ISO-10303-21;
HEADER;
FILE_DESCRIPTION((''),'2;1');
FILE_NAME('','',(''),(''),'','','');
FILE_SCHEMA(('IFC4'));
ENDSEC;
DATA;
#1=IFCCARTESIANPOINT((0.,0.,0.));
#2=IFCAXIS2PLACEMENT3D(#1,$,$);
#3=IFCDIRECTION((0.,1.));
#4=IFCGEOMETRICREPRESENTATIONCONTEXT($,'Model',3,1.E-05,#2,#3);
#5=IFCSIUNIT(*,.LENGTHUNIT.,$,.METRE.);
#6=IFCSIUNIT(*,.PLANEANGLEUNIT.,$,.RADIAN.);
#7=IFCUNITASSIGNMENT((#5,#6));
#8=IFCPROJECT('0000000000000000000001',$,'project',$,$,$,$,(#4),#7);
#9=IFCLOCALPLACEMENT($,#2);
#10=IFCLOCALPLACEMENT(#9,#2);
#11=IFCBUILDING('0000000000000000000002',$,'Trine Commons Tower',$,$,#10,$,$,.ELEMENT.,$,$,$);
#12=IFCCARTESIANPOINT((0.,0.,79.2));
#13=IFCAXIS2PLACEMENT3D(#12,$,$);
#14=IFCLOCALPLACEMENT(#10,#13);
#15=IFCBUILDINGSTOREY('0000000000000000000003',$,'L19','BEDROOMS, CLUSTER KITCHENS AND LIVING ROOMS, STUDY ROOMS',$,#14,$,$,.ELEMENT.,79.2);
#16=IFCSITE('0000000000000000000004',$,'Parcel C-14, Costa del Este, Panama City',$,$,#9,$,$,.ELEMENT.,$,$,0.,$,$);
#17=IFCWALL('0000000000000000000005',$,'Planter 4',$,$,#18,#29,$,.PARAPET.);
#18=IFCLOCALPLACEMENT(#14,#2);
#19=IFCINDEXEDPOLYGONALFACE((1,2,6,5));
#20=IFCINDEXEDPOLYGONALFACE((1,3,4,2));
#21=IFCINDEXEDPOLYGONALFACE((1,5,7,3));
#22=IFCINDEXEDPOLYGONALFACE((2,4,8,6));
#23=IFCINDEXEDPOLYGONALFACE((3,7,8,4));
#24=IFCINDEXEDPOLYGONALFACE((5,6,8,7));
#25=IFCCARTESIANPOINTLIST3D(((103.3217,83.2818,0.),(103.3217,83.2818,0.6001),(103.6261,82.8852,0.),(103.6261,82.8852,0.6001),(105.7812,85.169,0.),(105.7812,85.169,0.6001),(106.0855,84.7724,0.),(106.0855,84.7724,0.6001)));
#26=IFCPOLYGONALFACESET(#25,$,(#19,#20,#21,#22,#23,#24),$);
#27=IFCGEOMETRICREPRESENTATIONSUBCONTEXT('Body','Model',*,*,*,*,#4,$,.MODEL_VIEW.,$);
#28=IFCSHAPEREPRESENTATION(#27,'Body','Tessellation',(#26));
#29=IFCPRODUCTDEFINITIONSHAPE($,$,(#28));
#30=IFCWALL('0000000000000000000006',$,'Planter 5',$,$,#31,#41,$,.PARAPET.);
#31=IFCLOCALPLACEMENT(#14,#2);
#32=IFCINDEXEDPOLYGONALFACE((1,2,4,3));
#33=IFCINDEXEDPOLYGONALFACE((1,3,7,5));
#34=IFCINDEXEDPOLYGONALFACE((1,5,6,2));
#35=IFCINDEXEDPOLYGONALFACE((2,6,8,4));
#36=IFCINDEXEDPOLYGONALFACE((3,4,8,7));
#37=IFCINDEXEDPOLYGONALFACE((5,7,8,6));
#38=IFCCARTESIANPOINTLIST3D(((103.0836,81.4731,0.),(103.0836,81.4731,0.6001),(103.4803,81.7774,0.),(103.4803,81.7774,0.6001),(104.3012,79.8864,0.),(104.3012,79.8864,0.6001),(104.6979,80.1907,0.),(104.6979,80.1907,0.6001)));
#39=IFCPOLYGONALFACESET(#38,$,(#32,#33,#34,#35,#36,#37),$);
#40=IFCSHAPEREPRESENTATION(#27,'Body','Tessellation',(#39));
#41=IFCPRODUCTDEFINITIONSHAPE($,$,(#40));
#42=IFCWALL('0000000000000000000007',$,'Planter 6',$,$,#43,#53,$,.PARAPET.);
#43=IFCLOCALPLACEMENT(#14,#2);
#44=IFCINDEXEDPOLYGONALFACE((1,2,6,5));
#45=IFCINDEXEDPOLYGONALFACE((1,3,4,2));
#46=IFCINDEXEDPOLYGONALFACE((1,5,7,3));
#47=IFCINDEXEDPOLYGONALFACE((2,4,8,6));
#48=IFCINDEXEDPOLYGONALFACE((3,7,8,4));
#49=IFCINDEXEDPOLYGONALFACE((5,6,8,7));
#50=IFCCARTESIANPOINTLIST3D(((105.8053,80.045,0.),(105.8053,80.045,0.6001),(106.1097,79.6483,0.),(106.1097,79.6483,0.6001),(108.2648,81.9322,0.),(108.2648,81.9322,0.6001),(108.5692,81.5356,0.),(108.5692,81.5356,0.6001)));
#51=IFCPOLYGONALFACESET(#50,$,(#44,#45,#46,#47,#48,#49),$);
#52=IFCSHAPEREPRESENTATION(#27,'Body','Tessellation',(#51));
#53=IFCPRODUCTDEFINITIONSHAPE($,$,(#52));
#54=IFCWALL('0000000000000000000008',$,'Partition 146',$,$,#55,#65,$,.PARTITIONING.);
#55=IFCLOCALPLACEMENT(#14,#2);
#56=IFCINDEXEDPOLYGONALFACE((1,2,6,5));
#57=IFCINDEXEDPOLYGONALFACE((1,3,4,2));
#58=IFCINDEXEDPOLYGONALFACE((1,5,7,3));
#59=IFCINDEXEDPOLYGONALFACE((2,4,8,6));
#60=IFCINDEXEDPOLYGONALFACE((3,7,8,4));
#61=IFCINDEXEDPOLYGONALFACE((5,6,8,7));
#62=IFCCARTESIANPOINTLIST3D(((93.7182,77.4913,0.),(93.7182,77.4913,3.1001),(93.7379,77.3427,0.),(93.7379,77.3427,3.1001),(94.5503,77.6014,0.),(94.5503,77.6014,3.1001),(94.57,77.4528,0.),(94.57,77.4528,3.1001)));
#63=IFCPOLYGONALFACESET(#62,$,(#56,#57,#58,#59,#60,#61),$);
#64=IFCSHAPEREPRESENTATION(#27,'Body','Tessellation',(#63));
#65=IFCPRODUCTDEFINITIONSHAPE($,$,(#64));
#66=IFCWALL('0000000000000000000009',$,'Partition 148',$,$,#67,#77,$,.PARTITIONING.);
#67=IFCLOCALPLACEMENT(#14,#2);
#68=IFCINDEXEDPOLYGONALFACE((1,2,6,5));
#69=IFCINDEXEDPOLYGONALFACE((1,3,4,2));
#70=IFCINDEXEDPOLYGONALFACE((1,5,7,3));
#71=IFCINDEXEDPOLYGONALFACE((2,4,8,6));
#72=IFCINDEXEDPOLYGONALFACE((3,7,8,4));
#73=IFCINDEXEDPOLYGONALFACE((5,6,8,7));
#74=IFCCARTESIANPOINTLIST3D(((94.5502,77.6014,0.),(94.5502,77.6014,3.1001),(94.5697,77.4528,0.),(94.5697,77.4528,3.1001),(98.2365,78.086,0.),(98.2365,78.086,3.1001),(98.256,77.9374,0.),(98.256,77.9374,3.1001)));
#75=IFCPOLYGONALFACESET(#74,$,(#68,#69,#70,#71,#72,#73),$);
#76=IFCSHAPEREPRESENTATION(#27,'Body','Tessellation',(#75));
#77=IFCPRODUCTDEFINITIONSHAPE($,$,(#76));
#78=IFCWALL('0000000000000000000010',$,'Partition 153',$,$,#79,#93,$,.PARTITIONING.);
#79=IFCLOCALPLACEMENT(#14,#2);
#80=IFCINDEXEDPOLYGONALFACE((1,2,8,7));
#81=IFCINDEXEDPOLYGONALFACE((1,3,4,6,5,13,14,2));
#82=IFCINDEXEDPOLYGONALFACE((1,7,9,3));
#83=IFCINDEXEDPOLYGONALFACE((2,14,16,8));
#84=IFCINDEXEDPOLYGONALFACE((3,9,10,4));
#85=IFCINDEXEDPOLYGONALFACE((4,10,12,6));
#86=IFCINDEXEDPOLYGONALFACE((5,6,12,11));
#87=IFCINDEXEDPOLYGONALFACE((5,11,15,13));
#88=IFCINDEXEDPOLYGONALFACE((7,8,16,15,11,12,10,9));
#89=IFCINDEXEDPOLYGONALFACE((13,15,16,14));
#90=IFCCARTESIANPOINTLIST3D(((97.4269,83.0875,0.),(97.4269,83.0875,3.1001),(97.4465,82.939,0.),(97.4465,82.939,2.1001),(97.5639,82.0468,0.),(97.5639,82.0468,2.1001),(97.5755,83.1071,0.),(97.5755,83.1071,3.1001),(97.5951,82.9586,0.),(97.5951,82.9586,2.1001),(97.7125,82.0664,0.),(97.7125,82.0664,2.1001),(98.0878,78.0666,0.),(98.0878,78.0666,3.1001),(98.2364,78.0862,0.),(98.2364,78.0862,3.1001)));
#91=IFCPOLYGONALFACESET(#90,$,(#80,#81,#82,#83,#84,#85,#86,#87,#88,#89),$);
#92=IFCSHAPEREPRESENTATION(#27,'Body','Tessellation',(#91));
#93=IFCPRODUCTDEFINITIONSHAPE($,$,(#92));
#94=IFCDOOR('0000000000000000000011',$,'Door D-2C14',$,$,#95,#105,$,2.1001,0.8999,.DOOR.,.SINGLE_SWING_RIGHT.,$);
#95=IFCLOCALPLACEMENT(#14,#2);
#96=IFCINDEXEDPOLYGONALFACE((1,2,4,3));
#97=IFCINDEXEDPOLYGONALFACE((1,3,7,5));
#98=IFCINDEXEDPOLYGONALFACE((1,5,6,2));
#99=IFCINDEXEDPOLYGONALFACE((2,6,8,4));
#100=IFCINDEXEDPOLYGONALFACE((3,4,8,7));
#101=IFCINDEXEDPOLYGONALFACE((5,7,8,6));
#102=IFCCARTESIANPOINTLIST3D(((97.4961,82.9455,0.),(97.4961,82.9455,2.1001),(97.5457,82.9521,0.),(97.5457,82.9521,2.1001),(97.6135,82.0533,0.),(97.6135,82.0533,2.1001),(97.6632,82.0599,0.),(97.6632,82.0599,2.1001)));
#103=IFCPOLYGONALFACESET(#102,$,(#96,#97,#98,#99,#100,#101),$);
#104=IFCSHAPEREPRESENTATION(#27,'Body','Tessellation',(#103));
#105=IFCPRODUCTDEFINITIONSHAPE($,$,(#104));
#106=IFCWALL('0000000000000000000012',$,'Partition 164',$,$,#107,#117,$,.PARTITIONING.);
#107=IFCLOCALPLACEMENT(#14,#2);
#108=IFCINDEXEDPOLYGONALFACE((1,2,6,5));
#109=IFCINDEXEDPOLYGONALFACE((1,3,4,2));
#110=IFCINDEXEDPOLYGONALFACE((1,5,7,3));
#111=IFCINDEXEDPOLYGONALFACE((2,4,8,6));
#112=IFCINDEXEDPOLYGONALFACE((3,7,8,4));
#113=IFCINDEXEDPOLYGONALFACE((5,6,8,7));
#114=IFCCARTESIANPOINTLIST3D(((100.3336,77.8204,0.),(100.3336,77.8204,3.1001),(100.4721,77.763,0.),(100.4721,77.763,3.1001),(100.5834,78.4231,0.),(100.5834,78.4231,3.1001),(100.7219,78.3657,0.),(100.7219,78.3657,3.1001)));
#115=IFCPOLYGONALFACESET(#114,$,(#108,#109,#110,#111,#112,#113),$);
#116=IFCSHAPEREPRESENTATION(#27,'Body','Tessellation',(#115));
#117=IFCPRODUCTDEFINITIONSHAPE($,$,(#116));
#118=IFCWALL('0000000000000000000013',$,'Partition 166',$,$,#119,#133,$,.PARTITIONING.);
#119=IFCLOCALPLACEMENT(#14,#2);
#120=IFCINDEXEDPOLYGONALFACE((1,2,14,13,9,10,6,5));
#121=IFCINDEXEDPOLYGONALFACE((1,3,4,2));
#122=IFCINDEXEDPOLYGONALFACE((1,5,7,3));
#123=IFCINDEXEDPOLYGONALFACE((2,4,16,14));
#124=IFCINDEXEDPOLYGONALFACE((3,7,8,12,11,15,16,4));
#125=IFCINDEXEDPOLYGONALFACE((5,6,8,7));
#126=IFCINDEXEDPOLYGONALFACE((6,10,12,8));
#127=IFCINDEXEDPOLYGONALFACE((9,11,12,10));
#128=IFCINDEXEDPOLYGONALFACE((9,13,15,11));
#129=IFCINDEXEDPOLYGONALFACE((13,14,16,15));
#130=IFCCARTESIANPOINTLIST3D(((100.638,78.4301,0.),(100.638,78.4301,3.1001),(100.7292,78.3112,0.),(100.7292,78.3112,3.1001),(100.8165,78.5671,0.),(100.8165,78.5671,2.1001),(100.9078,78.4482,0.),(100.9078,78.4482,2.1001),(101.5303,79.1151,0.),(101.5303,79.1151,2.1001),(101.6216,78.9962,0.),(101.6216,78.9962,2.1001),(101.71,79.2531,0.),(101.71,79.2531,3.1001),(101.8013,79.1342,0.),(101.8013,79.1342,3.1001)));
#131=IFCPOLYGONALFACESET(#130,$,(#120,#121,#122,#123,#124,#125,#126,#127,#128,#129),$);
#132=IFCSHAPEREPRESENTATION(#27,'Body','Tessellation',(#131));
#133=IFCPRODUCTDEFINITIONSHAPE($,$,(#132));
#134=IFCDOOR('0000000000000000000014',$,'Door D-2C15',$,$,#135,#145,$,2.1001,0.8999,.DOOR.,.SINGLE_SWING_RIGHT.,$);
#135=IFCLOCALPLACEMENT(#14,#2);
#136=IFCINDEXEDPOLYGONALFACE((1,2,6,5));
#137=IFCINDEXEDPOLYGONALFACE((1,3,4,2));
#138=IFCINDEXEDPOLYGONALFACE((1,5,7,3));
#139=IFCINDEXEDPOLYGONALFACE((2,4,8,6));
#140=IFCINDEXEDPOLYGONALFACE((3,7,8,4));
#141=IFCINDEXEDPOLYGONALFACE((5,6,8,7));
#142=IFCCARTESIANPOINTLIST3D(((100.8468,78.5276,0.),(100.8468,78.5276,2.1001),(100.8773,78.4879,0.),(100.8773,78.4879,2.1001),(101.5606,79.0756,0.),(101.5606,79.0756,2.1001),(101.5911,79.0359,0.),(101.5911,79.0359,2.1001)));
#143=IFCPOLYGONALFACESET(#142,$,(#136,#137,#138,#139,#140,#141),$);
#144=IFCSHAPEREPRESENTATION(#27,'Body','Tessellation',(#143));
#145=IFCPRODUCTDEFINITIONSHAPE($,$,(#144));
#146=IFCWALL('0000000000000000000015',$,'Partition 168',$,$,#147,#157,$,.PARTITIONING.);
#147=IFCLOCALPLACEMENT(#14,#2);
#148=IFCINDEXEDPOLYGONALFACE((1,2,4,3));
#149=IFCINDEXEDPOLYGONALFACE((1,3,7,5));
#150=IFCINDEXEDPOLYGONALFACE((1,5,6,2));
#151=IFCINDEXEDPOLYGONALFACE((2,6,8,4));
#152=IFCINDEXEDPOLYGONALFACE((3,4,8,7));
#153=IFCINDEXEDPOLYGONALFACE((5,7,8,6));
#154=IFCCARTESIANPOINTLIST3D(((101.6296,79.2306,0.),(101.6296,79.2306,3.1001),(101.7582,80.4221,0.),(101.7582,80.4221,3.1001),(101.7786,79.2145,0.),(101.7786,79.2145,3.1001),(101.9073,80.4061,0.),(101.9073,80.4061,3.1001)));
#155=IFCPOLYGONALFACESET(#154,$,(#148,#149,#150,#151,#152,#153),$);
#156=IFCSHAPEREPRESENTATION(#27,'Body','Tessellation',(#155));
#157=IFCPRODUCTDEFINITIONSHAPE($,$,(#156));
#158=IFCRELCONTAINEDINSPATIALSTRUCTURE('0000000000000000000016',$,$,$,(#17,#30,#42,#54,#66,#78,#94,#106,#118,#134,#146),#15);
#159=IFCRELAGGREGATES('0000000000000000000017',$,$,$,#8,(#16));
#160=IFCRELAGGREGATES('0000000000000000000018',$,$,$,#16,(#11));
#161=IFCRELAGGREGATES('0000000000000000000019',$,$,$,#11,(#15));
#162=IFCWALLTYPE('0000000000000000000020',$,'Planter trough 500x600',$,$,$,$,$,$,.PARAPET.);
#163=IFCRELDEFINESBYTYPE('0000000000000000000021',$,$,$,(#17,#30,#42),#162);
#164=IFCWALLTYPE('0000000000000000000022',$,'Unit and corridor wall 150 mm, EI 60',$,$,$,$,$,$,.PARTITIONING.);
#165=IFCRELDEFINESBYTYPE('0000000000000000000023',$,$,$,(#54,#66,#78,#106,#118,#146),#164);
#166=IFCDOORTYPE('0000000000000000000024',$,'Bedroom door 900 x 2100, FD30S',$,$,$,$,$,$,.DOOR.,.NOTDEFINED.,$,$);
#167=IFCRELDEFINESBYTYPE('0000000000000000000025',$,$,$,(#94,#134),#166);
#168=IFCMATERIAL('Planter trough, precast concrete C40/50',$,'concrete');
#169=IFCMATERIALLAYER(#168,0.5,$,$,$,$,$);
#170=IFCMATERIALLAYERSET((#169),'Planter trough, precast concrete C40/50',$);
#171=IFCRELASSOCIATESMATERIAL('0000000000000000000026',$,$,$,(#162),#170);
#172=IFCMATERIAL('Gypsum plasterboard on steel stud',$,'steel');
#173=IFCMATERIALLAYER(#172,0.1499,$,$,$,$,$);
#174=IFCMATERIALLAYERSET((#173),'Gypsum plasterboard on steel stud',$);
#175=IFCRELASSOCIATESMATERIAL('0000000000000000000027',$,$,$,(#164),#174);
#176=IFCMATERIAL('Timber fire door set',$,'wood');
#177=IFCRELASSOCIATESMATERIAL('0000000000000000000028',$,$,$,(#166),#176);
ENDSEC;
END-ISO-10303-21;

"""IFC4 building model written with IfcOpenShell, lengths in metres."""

from ifc_helpers import new_model, si_unit, direction, frame, frame_2d, origin, place, context, subcontext, project, spatial, rectangle, extrude, material, layer, layer_set, type_object, element, fill, save


model = new_model("IFC4")

# Units and contexts
model_context = context("Model", 3, precision=1e-05, world=origin(), true_north=direction((0.0, 1.0)))
body_context = subcontext(model_context, "Body", "Model", "MODEL_VIEW")
ifc_project = project(units=[si_unit("LENGTHUNIT", "METRE"), si_unit("PLANEANGLEUNIT", "RADIAN")], contexts=[model_context])

# Site, building, storey
site_placement = place(None, origin())
site = spatial("IfcSite", under=ifc_project, at=site_placement, Name="Parcel C-14, Costa del Este, Panama City", CompositionType="ELEMENT", RefElevation=0.0)
building_placement = place(site_placement, origin())
building = spatial("IfcBuilding", under=site, at=building_placement, Name="Trine Commons Tower", CompositionType="ELEMENT")
storey_placement = place(building_placement, frame((0.0, 0.0, 79.2)))
storey = spatial("IfcBuildingStorey", under=building, at=storey_placement, Name="L19", Description="BEDROOMS, CLUSTER KITCHENS AND LIVING ROOMS, STUDY ROOMS", CompositionType="ELEMENT", Elevation=79.2)

# Walls
ifc_material_1 = material(Name="Planter trough, precast concrete C40/50", Category="concrete")
ifc_layer_1 = layer(ifc_material_1, 0.5)
ifc_layer_set_1 = layer_set([ifc_layer_1], Name="Planter trough, precast concrete C40/50")
wall_type_1 = type_object("IfcWallType", Name="Planter trough 500x600", PredefinedType="PARAPET", material=ifc_layer_set_1)
wall_1_placement = place(storey_placement, frame((105.9333, 84.9707, 0.0), z_axis=(0.0, 0.0, 1.0), x_axis=(-0.793355, -0.608759, 0.0)))
element("IfcWall", 1, at=wall_1_placement, inside=storey, type_object=wall_type_1, Name="Planter 4", PredefinedType="PARAPET", context=body_context, shape_type="SweptSolid", body=[
    extrude(rectangle(XDim=3.1001, YDim=0.5, at=frame_2d((1.55, 0.0))), origin(), (0.0, 0.0, 1.0), 0.6001),
])
wall_2_placement = place(storey_placement, frame((103.282, 81.6252, 0.0), z_axis=(0.0, 0.0, 1.0), x_axis=(0.608772, -0.793345, 0.0)))
element("IfcWall", 2, at=wall_2_placement, inside=storey, type_object=wall_type_1, Name="Planter 5", PredefinedType="PARAPET", context=body_context, shape_type="SweptSolid", body=[
    extrude(rectangle(XDim=2.0, YDim=0.5, at=frame_2d((1.0, 0.0))), origin(), (0.0, 0.0, 1.0), 0.6001),
])
wall_3_placement = place(storey_placement, frame((105.9575, 79.8467, 0.0), z_axis=(0.0, 0.0, 1.0), x_axis=(0.793355, 0.608759, 0.0)))
element("IfcWall", 3, at=wall_3_placement, inside=storey, type_object=wall_type_1, Name="Planter 6", PredefinedType="PARAPET", context=body_context, shape_type="SweptSolid", body=[
    extrude(rectangle(XDim=3.1001, YDim=0.5, at=frame_2d((1.55, 0.0))), origin(), (0.0, 0.0, 1.0), 0.6001),
])
ifc_material_2 = material(Name="Gypsum plasterboard on steel stud", Category="steel")
ifc_layer_2 = layer(ifc_material_2, 0.1499)
ifc_layer_set_2 = layer_set([ifc_layer_2], Name="Gypsum plasterboard on steel stud")
wall_type_2 = type_object("IfcWallType", Name="Unit and corridor wall 150 mm, EI 60", PredefinedType="PARTITIONING", material=ifc_layer_set_2)
wall_4_placement = place(storey_placement, frame((93.728, 77.417, 0.0), z_axis=(0.0, 0.0, 1.0), x_axis=(0.991357, 0.131192, 0.0)))
element("IfcWall", 4, at=wall_4_placement, inside=storey, type_object=wall_type_2, Name="Partition 146", PredefinedType="PARTITIONING", context=body_context, shape_type="SweptSolid", body=[
    extrude(rectangle(XDim=0.8394, YDim=0.1499, at=frame_2d((0.4197, 0.0))), origin(), (0.0, 0.0, 1.0), 3.1001),
])
wall_5_placement = place(storey_placement, frame((94.5601, 77.5271, 0.0), z_axis=(0.0, 0.0, 1.0), x_axis=(0.991469, 0.130344, 0.0)))
element("IfcWall", 5, at=wall_5_placement, inside=storey, type_object=wall_type_2, Name="Partition 148", PredefinedType="PARTITIONING", context=body_context, shape_type="SweptSolid", body=[
    extrude(rectangle(XDim=3.718, YDim=0.1499, at=frame_2d((1.8589, 0.0))), origin(), (0.0, 0.0, 1.0), 3.1001),
])

# Wall, opening, door
wall_6_placement = place(storey_placement, frame((97.5012, 83.0974, 0.0), z_axis=(0.0, 0.0, 1.0), x_axis=(0.130499, -0.991448, 0.0)))
wall_6 = element("IfcWall", 6, at=wall_6_placement, inside=storey, type_object=wall_type_2, Name="Partition 153", PredefinedType="PARTITIONING", context=body_context, shape_type="SweptSolid", body=[
    extrude(rectangle(XDim=5.0642, YDim=0.1499, at=frame_2d((2.5322, 0.0))), origin(), (0.0, 0.0, 1.0), 3.1001),
])
opening_1_placement = place(wall_6_placement, frame((0.1499, 0.0, 0.0)))
opening_1 = element("IfcOpeningElement", 7, at=opening_1_placement, cuts=wall_6, PredefinedType="OPENING", context=body_context, shape_type="SweptSolid", body=[
    extrude(rectangle(XDim=0.8999, YDim=2.1001, at=frame_2d((0.45, 1.05))), frame((0.0, 0.085, 0.0), z_axis=(0.0, -1.0, 0.0), x_axis=(1.0, 0.0, 0.0)), (0.0, 0.0, 1.0), 0.1699),
])
ifc_material_3 = material(Name="Timber fire door set", Category="wood")
door_type_1 = type_object("IfcDoorType", Name="Bedroom door 900 x 2100, FD30S", OperationType="NOTDEFINED", PredefinedType="DOOR", material=ifc_material_3)
door_1_placement = place(opening_1_placement, frame((0.8999, 0.0, 0.0), z_axis=(0.0, 0.0, 1.0), x_axis=(-1.0, 0.0, 0.0)))
door_1 = element("IfcDoor", 8, at=door_1_placement, inside=storey, type_object=door_type_1, Name="Door D-2C14", OperationType="SINGLE_SWING_RIGHT", OverallHeight=2.1001, OverallWidth=0.8999, PredefinedType="DOOR", context=body_context, shape_type="SweptSolid", body=[
    extrude(rectangle(XDim=0.8999, YDim=2.1001, at=frame_2d((0.45, 1.05))), frame((0.0, 0.0249, 0.0), z_axis=(0.0, -1.0, 0.0), x_axis=(1.0, 0.0, 0.0)), (0.0, 0.0, 1.0), 0.05),
])
fill(opening_1, door_1)

# Wall
wall_7_placement = place(storey_placement, frame((100.4028, 77.7917, 0.0), z_axis=(0.0, 0.0, 1.0), x_axis=(0.382914, 0.923784, 0.0)))
element("IfcWall", 9, at=wall_7_placement, inside=storey, type_object=wall_type_2, Name="Partition 164", PredefinedType="PARTITIONING", context=body_context, shape_type="SweptSolid", body=[
    extrude(rectangle(XDim=0.6523, YDim=0.1499, at=frame_2d((0.3262, 0.0))), origin(), (0.0, 0.0, 1.0), 3.1001),
])

# Wall, opening, door
wall_8_placement = place(storey_placement, frame((100.6836, 78.3706, 0.0), z_axis=(0.0, 0.0, 1.0), x_axis=(0.793208, 0.608951, 0.0)))
wall_8 = element("IfcWall", 10, at=wall_8_placement, inside=storey, type_object=wall_type_2, Name="Partition 166", PredefinedType="PARTITIONING", context=body_context, shape_type="SweptSolid", body=[
    extrude(rectangle(XDim=1.3516, YDim=0.1499, at=frame_2d((0.6758, 0.0))), origin(), (0.0, 0.0, 1.0), 3.1001),
])
opening_2_placement = place(wall_8_placement, frame((0.2251, 0.0, 0.0)))
opening_2 = element("IfcOpeningElement", 11, at=opening_2_placement, cuts=wall_8, PredefinedType="OPENING", context=body_context, shape_type="SweptSolid", body=[
    extrude(rectangle(XDim=0.8999, YDim=2.1001, at=frame_2d((0.45, 1.05))), frame((0.0, 0.085, 0.0), z_axis=(0.0, -1.0, 0.0), x_axis=(1.0, 0.0, 0.0)), (0.0, 0.0, 1.0), 0.1699),
])
door_2_placement = place(opening_2_placement, frame((0.8999, 0.0, 0.0), z_axis=(0.0, 0.0, 1.0), x_axis=(-1.0, 0.0, 0.0)))
door_2 = element("IfcDoor", 12, at=door_2_placement, inside=storey, type_object=door_type_1, Name="Door D-2C15", OperationType="SINGLE_SWING_RIGHT", OverallHeight=2.1001, OverallWidth=0.8999, PredefinedType="DOOR", context=body_context, shape_type="SweptSolid", body=[
    extrude(rectangle(XDim=0.8999, YDim=2.1001, at=frame_2d((0.45, 1.05))), frame((0.0, 0.0249, 0.0), z_axis=(0.0, -1.0, 0.0), x_axis=(1.0, 0.0, 0.0)), (0.0, 0.0, 1.0), 0.05),
])
fill(opening_2, door_2)

# Wall
wall_9_placement = place(storey_placement, frame((101.7041, 79.2227, 0.0), z_axis=(0.0, 0.0, 1.0), x_axis=(0.107346, 0.994222, 0.0)))
element("IfcWall", 13, at=wall_9_placement, inside=storey, type_object=wall_type_2, Name="Partition 168", PredefinedType="PARTITIONING", context=body_context, shape_type="SweptSolid", body=[
    extrude(rectangle(XDim=1.1985, YDim=0.1499, at=frame_2d((0.5991, 0.0))), origin(), (0.0, 0.0, 1.0), 3.1001),
])

save(model, "model.ifc")
